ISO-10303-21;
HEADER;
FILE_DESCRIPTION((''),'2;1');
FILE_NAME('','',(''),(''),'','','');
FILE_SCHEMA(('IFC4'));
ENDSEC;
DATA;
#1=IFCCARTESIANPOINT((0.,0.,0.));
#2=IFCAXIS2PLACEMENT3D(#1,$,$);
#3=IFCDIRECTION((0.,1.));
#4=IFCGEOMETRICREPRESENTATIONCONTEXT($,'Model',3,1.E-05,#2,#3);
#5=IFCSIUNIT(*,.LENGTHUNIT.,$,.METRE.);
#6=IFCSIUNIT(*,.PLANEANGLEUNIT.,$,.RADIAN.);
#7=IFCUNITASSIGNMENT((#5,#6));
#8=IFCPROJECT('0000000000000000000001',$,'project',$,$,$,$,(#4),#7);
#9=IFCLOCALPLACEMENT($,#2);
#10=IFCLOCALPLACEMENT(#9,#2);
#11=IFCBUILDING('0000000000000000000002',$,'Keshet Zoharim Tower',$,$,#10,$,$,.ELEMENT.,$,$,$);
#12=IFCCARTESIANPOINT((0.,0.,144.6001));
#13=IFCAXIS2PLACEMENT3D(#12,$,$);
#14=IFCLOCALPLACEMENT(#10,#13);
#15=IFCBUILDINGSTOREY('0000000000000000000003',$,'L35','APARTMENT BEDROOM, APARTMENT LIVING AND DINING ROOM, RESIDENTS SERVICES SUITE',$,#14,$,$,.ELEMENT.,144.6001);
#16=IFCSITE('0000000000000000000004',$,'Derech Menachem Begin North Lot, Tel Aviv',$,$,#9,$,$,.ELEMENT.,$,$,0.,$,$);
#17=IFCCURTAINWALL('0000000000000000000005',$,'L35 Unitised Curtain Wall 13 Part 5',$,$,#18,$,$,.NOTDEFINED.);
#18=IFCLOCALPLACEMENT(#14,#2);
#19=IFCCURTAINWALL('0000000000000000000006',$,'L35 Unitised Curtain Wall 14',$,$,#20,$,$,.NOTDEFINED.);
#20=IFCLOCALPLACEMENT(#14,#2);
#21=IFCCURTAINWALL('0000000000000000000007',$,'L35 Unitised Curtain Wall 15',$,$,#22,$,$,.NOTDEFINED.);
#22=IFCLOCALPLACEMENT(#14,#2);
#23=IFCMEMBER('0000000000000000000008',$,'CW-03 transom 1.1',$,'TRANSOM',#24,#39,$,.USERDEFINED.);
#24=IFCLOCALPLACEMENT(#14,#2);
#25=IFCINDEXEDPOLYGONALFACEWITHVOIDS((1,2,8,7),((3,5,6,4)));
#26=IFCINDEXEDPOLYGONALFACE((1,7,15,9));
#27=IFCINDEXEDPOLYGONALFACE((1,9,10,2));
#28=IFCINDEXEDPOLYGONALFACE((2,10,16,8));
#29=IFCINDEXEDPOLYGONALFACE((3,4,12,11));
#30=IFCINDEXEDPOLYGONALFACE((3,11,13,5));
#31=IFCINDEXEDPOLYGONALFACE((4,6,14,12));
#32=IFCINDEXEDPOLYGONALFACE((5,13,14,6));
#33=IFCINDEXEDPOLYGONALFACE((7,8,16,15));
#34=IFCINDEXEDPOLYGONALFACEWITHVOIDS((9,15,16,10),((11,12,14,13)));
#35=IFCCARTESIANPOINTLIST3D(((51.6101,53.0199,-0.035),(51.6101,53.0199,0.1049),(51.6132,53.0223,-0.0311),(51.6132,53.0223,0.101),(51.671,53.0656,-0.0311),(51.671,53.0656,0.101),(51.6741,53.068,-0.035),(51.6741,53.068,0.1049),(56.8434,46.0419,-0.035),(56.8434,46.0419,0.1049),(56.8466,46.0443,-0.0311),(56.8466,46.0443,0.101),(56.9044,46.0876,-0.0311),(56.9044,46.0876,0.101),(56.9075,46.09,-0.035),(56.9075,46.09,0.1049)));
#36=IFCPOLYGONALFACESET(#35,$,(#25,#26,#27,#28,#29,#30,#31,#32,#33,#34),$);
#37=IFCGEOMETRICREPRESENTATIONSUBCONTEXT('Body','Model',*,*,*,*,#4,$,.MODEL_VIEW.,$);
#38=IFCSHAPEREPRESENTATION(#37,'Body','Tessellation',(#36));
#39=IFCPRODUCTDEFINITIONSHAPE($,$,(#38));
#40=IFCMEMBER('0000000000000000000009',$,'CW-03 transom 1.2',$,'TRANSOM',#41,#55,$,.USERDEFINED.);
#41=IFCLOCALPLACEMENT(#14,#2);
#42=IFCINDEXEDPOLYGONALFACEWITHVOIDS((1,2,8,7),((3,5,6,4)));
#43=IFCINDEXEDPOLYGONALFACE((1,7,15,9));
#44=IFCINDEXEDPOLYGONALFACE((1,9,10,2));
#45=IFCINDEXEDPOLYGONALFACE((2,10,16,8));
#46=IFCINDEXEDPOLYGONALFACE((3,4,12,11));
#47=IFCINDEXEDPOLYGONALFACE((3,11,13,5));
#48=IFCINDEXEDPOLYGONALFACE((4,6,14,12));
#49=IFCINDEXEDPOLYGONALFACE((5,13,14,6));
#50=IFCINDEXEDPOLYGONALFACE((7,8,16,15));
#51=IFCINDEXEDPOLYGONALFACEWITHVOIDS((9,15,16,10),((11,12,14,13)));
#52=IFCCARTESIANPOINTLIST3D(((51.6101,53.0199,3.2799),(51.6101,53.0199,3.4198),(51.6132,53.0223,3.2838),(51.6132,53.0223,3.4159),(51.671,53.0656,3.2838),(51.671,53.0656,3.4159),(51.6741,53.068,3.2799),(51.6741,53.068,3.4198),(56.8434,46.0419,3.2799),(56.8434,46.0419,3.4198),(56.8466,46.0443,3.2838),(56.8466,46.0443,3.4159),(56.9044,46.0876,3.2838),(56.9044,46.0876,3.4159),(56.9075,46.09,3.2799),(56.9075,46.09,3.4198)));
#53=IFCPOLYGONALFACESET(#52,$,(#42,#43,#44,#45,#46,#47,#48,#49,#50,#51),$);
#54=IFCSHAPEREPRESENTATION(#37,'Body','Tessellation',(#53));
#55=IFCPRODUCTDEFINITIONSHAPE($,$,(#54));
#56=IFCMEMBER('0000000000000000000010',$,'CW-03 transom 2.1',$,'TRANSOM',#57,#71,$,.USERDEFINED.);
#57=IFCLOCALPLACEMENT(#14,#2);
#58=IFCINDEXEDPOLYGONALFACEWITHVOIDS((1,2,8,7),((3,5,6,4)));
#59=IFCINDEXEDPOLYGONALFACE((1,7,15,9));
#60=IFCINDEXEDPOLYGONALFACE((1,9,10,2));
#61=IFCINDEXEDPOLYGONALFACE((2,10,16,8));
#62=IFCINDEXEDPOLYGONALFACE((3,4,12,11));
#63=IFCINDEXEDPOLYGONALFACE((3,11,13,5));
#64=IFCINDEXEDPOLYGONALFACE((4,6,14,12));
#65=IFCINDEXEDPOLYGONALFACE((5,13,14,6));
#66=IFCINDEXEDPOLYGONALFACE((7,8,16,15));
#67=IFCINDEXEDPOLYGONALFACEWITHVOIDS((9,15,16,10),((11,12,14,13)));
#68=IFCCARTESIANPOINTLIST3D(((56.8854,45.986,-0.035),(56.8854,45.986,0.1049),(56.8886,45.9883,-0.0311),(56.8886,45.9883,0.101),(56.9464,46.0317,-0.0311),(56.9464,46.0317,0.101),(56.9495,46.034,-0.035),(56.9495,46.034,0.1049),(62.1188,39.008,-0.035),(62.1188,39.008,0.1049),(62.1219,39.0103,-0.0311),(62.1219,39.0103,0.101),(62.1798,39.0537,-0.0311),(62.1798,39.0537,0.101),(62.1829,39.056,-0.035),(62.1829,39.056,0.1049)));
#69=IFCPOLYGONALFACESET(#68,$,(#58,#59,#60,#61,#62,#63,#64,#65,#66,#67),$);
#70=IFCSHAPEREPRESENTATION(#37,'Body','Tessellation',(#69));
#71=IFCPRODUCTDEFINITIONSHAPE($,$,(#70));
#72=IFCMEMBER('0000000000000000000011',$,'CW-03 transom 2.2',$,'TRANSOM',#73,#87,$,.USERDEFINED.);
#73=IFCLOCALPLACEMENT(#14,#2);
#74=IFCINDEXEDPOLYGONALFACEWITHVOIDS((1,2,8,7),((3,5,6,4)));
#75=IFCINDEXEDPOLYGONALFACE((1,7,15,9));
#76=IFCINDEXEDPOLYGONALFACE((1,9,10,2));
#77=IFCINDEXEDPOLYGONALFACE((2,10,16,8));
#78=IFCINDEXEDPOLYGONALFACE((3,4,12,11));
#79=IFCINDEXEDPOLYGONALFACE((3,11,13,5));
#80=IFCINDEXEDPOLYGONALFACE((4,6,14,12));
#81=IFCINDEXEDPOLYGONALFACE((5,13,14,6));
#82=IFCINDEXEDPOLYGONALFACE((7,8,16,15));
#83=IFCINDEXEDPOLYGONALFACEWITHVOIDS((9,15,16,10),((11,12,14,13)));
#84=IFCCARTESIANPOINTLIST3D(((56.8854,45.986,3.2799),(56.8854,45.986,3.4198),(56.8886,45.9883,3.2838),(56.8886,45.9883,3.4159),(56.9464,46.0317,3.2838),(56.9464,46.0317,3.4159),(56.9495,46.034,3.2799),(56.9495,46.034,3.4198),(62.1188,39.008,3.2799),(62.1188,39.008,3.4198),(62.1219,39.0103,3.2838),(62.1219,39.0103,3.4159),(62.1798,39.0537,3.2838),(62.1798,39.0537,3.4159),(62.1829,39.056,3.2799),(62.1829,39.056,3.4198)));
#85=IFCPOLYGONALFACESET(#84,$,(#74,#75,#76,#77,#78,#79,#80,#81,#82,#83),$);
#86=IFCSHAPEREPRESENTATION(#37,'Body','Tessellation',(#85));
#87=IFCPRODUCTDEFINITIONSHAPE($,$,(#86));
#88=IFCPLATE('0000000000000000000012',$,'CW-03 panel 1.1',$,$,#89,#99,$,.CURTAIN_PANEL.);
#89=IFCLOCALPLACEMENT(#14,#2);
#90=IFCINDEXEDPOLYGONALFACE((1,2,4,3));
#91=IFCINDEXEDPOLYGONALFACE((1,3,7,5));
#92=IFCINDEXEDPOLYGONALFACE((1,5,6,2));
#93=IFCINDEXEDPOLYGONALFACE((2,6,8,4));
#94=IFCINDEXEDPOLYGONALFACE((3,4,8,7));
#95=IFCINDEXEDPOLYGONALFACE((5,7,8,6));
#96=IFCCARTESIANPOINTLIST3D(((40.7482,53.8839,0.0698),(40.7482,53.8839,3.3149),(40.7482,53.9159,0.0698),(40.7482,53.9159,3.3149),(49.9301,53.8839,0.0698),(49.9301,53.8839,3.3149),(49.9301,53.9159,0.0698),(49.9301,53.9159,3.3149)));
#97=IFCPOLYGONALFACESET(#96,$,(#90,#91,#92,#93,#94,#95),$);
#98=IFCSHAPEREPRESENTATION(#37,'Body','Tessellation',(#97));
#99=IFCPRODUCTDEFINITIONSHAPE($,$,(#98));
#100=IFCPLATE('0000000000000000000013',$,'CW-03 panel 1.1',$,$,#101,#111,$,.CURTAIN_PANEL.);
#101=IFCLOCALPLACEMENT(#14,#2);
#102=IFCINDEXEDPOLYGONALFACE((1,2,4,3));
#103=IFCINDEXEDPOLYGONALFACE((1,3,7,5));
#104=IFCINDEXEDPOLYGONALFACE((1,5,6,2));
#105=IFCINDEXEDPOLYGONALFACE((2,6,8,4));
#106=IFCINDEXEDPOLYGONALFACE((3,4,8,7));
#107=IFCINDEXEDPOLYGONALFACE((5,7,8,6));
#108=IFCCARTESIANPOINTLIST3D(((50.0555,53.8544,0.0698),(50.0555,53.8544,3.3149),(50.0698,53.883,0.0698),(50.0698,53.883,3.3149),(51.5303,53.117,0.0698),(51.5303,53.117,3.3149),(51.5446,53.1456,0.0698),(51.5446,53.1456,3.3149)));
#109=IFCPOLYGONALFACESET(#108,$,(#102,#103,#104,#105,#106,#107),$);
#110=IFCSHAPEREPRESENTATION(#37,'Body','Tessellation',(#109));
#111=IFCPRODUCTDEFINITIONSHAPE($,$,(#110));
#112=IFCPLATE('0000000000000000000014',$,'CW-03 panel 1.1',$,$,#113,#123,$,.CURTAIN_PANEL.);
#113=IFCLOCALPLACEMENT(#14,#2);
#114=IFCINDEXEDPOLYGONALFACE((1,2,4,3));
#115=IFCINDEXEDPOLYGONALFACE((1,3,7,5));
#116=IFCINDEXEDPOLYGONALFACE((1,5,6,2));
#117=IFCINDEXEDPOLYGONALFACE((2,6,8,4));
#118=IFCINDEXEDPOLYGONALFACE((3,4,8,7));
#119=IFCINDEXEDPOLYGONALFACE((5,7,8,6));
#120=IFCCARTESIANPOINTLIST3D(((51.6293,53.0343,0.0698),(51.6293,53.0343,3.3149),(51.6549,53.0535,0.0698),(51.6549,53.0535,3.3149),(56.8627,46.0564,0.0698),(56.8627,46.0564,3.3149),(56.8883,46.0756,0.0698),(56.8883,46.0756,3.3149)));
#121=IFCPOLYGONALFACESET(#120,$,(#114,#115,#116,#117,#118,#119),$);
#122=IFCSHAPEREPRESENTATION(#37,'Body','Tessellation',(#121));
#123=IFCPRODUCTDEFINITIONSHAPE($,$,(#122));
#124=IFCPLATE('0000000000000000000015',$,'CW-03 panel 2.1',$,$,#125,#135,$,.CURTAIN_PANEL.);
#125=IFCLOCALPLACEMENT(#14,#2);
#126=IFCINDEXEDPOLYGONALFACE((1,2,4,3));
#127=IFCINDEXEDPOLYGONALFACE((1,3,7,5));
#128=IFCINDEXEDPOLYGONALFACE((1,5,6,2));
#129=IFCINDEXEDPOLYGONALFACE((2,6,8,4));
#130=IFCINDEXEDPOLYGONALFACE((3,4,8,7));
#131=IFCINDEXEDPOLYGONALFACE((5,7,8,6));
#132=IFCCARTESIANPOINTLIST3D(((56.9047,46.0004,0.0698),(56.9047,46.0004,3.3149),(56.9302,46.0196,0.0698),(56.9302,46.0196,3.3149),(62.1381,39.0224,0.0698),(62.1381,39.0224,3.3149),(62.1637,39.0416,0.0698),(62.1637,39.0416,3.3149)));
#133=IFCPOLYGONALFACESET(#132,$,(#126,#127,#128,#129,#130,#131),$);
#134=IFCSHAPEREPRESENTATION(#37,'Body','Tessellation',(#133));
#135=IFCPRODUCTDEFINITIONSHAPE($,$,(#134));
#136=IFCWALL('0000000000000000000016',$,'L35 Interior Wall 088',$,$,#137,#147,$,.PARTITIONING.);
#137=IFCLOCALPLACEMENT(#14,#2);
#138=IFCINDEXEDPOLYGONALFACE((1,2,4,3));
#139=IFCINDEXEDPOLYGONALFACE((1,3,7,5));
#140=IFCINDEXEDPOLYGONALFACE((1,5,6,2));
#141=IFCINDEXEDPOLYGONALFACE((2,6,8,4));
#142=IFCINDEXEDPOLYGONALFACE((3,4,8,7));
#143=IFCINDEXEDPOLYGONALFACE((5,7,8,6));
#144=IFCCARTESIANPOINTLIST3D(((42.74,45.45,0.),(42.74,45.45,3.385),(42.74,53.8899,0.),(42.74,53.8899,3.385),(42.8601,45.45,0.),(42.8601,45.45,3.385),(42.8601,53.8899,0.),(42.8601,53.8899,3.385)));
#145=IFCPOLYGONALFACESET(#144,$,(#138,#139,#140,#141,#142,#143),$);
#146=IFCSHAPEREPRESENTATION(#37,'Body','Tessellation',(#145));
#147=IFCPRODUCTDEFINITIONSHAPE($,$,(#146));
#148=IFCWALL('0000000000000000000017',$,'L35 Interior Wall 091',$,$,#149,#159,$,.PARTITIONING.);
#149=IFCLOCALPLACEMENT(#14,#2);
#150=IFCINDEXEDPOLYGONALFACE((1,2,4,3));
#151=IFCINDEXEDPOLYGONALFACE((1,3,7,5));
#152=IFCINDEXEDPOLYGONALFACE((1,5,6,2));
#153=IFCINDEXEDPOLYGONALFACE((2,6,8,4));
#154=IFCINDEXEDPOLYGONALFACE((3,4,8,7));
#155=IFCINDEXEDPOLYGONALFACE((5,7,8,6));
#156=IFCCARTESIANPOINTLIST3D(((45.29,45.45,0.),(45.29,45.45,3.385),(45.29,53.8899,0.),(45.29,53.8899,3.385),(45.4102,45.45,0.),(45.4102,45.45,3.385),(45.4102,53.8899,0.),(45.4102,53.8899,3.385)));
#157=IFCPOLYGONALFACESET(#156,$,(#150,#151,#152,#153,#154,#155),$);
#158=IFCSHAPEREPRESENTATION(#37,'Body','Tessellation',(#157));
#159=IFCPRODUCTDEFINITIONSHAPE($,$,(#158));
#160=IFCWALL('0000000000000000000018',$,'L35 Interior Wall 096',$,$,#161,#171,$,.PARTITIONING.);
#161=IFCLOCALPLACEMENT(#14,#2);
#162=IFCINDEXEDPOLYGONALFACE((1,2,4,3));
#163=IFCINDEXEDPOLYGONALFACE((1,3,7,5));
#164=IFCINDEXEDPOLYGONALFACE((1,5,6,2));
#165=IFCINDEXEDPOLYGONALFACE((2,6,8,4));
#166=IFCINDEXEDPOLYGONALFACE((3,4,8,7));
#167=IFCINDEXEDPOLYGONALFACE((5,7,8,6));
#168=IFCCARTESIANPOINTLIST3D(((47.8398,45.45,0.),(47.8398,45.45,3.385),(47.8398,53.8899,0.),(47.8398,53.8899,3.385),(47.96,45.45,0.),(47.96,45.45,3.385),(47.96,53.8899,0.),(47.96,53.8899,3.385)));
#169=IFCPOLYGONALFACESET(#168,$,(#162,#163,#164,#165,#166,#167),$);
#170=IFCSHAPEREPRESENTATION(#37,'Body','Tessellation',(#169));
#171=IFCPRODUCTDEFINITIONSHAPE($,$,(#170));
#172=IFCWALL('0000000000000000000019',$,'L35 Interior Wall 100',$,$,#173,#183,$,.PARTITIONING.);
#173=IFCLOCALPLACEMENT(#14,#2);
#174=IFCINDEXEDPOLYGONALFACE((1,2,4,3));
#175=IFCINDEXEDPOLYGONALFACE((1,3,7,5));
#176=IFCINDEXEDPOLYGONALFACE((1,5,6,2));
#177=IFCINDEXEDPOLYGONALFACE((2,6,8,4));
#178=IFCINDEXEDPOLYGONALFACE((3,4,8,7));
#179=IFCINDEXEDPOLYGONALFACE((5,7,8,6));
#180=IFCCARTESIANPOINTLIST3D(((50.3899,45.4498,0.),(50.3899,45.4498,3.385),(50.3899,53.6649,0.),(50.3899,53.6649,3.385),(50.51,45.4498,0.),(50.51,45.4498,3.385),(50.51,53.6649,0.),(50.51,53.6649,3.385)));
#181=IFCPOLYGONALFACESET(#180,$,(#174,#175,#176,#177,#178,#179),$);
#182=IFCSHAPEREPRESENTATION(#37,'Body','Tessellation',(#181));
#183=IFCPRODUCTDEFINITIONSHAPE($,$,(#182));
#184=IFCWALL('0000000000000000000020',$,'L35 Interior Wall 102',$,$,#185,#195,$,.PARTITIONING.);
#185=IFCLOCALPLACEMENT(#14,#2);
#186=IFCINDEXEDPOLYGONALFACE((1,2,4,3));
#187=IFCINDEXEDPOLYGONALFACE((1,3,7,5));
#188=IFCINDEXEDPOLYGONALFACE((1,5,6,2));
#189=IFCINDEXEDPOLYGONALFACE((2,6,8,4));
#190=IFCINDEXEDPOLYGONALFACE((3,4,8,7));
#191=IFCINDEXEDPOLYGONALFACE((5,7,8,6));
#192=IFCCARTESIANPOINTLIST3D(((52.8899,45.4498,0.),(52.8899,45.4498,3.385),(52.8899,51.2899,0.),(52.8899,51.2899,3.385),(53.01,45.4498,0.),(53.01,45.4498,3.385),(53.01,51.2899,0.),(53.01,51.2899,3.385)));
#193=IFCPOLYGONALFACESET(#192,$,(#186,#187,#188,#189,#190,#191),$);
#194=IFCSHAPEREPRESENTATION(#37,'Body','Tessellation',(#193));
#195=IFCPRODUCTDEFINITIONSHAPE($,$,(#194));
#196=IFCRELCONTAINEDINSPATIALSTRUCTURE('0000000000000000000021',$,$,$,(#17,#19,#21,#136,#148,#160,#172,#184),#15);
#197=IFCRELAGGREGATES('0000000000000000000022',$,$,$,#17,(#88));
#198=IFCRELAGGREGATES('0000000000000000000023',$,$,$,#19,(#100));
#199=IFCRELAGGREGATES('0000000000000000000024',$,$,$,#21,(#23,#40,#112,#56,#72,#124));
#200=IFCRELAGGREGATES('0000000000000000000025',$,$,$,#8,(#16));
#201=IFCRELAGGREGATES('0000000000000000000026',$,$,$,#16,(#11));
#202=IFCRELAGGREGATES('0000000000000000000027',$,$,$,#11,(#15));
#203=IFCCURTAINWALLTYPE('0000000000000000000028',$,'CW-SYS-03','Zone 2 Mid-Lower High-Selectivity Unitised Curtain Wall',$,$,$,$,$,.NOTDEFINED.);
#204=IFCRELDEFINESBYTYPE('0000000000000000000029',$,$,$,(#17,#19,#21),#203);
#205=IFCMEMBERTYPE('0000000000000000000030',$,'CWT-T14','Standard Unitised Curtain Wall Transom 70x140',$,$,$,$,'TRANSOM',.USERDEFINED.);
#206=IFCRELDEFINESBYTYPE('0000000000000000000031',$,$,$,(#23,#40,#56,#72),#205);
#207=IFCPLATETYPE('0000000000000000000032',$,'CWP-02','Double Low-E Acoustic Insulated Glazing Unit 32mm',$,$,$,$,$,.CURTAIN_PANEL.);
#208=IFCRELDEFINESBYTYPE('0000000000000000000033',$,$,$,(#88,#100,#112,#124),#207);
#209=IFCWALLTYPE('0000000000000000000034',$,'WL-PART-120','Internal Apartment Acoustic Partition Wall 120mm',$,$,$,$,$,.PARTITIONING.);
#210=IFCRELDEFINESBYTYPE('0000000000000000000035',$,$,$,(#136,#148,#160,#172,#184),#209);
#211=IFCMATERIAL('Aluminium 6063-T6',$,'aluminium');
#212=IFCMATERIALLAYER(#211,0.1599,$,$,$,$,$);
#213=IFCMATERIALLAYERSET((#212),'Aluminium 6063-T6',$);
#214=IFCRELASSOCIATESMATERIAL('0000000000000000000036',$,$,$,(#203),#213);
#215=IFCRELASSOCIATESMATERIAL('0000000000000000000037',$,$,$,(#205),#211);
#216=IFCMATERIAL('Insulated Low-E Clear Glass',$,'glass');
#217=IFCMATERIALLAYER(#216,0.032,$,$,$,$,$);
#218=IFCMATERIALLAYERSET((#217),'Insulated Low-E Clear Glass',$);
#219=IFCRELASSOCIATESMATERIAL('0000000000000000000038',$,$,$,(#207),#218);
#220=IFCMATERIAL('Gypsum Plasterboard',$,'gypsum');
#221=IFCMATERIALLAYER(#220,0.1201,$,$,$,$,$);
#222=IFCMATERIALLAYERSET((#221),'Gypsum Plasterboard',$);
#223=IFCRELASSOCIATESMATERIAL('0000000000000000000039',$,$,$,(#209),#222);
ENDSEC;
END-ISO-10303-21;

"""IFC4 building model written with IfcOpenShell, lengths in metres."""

from ifc_helpers import new_model, si_unit, direction, frame, frame_2d, origin, origin_2d, place, context, subcontext, project, spatial, rectangle, hollow_rectangle, extrude, material, layer, layer_set, material_profile, profile_set, type_object, element, aggregate, save


model = new_model("IFC4")

# Units and contexts
model_context = context("Model", 3, precision=1e-05, world=origin(), true_north=direction((0.0, 1.0)))
body_context = subcontext(model_context, "Body", "Model", "MODEL_VIEW")
ifc_project = project(units=[si_unit("LENGTHUNIT", "METRE"), si_unit("PLANEANGLEUNIT", "RADIAN")], contexts=[model_context])

# Site, building, storey
site_placement = place(None, origin())
site = spatial("IfcSite", under=ifc_project, at=site_placement, Name="Derech Menachem Begin North Lot, Tel Aviv", CompositionType="ELEMENT", RefElevation=0.0)
building_placement = place(site_placement, origin())
building = spatial("IfcBuilding", under=site, at=building_placement, Name="Keshet Zoharim Tower", CompositionType="ELEMENT")
storey_placement = place(building_placement, frame((0.0, 0.0, 144.6001)))
storey = spatial("IfcBuildingStorey", under=building, at=storey_placement, Name="L35", Description="APARTMENT BEDROOM, APARTMENT LIVING AND DINING ROOM, RESIDENTS SERVICES SUITE", CompositionType="ELEMENT", Elevation=144.6001)

# Curtain wall
ifc_material_1 = material(Name="Aluminium 6063-T6", Category="aluminium")
ifc_layer_1 = layer(ifc_material_1, 0.1599)
ifc_layer_set_1 = layer_set([ifc_layer_1], Name="Aluminium 6063-T6")
curtain_wall_type = type_object("IfcCurtainWallType", Name="CW-SYS-03", Description="Zone 2 Mid-Lower High-Selectivity Unitised Curtain Wall", PredefinedType="NOTDEFINED", material=ifc_layer_set_1)
curtain_wall_1_placement = place(storey_placement, origin())
curtain_wall_1 = element("IfcCurtainWall", 1, at=curtain_wall_1_placement, inside=storey, type_object=curtain_wall_type, Name="L35 Unitised Curtain Wall 13 Part 5", PredefinedType="NOTDEFINED")

# Curtain walls
curtain_wall_2_placement = place(storey_placement, origin())
curtain_wall_2 = element("IfcCurtainWall", 2, at=curtain_wall_2_placement, inside=storey, type_object=curtain_wall_type, Name="L35 Unitised Curtain Wall 14", PredefinedType="NOTDEFINED")
curtain_wall_3_placement = place(storey_placement, origin())
curtain_wall_3 = element("IfcCurtainWall", 3, at=curtain_wall_3_placement, inside=storey, type_object=curtain_wall_type, Name="L35 Unitised Curtain Wall 15", PredefinedType="NOTDEFINED")

# Members
ifc_material_profile_1 = material_profile(ifc_material_1, hollow_rectangle(XDim=0.0801, YDim=0.1399, WallThickness=0.0039, at=origin_2d()), Name="TRN-80x140")
ifc_profile_set_1 = profile_set([ifc_material_profile_1], Name="Aluminium 6063-T6")
member_type_1 = type_object("IfcMemberType", Name="CWT-T14", Description="Standard Unitised Curtain Wall Transom 70x140", ElementType="TRANSOM", PredefinedType="USERDEFINED", material=ifc_profile_set_1)
member_1_placement = place(storey_placement, frame((51.6421, 53.0439, 0.0349), z_axis=(0.599991, -0.800007, 0.0), x_axis=(0.800007, 0.599991, 0.0)))
member_1 = element("IfcMember", 4, at=member_1_placement, type_object=member_type_1, Name="CW-03 transom 1.1", ObjectType="TRANSOM", PredefinedType="USERDEFINED", context=body_context, shape_type="SweptSolid", body=[
    extrude(hollow_rectangle(XDim=0.0801, YDim=0.1399, WallThickness=0.0039, at=origin_2d()), origin(), (0.0, 0.0, 1.0), 8.7224),
])
member_2_placement = place(storey_placement, frame((51.6421, 53.0439, 3.3499), z_axis=(0.599991, -0.800007, 0.0), x_axis=(0.800007, 0.599991, 0.0)))
member_2 = element("IfcMember", 5, at=member_2_placement, type_object=member_type_1, Name="CW-03 transom 1.2", ObjectType="TRANSOM", PredefinedType="USERDEFINED", context=body_context, shape_type="SweptSolid", body=[
    extrude(hollow_rectangle(XDim=0.0801, YDim=0.1399, WallThickness=0.0039, at=origin_2d()), origin(), (0.0, 0.0, 1.0), 8.7224),
])
member_3_placement = place(storey_placement, frame((56.9175, 46.01, 0.0349), z_axis=(0.599991, -0.800007, 0.0), x_axis=(0.800007, 0.599991, 0.0)))
member_3 = element("IfcMember", 6, at=member_3_placement, type_object=member_type_1, Name="CW-03 transom 2.1", ObjectType="TRANSOM", PredefinedType="USERDEFINED", context=body_context, shape_type="SweptSolid", body=[
    extrude(hollow_rectangle(XDim=0.0801, YDim=0.1399, WallThickness=0.0039, at=origin_2d()), origin(), (0.0, 0.0, 1.0), 8.7224),
])
member_4_placement = place(storey_placement, frame((56.9175, 46.01, 3.3499), z_axis=(0.599991, -0.800007, 0.0), x_axis=(0.800007, 0.599991, 0.0)))
member_4 = element("IfcMember", 7, at=member_4_placement, type_object=member_type_1, Name="CW-03 transom 2.2", ObjectType="TRANSOM", PredefinedType="USERDEFINED", context=body_context, shape_type="SweptSolid", body=[
    extrude(hollow_rectangle(XDim=0.0801, YDim=0.1399, WallThickness=0.0039, at=origin_2d()), origin(), (0.0, 0.0, 1.0), 8.7224),
])

# Plates
ifc_material_2 = material(Name="Insulated Low-E Clear Glass", Category="glass")
ifc_layer_2 = layer(ifc_material_2, 0.032)
ifc_layer_set_2 = layer_set([ifc_layer_2], Name="Insulated Low-E Clear Glass")
plate_type = type_object("IfcPlateType", Name="CWP-02", Description="Double Low-E Acoustic Insulated Glazing Unit 32mm", PredefinedType="CURTAIN_PANEL", material=ifc_layer_set_2)
plate_1_placement = place(storey_placement, frame((45.3391, 53.8999, 0.0698), z_axis=(0.0, 0.0, 1.0), x_axis=(1.0, 0.0, 0.0)))
plate_1 = element("IfcPlate", 8, at=plate_1_placement, type_object=plate_type, Name="CW-03 panel 1.1", PredefinedType="CURTAIN_PANEL", context=body_context, shape_type="SweptSolid", body=[
    extrude(rectangle(XDim=9.1819, YDim=0.032, at=origin_2d()), origin(), (0.0, 0.0, 1.0), 3.2451),
])
aggregate(curtain_wall_1, [plate_1])
plate_2_placement = place(storey_placement, frame((50.8, 53.5, 0.0698), z_axis=(0.0, 0.0, 1.0), x_axis=(0.894427, -0.447214, 0.0)))
plate_2 = element("IfcPlate", 9, at=plate_2_placement, type_object=plate_type, Name="CW-03 panel 1.1", PredefinedType="CURTAIN_PANEL", context=body_context, shape_type="SweptSolid", body=[
    extrude(rectangle(XDim=1.6489, YDim=0.032, at=origin_2d()), origin(), (0.0, 0.0, 1.0), 3.2451),
])
aggregate(curtain_wall_2, [plate_2])
plate_3_placement = place(storey_placement, frame((54.2588, 49.5549, 0.0698), z_axis=(0.0, 0.0, 1.0), x_axis=(0.6, -0.8, 0.0)))
plate_3 = element("IfcPlate", 10, at=plate_3_placement, type_object=plate_type, Name="CW-03 panel 1.1", PredefinedType="CURTAIN_PANEL", context=body_context, shape_type="SweptSolid", body=[
    extrude(rectangle(XDim=8.7224, YDim=0.032, at=origin_2d()), origin(), (0.0, 0.0, 1.0), 3.2451),
])
plate_4_placement = place(storey_placement, frame((59.5342, 42.521, 0.0698), z_axis=(0.0, 0.0, 1.0), x_axis=(0.6, -0.8, 0.0)))
plate_4 = element("IfcPlate", 11, at=plate_4_placement, type_object=plate_type, Name="CW-03 panel 2.1", PredefinedType="CURTAIN_PANEL", context=body_context, shape_type="SweptSolid", body=[
    extrude(rectangle(XDim=8.7224, YDim=0.032, at=origin_2d()), origin(), (0.0, 0.0, 1.0), 3.2451),
])
aggregate(curtain_wall_3, [member_1, member_2, plate_3, member_3, member_4, plate_4])

# Walls
ifc_material_3 = material(Name="Gypsum Plasterboard", Category="gypsum")
ifc_layer_3 = layer(ifc_material_3, 0.1201)
ifc_layer_set_3 = layer_set([ifc_layer_3], Name="Gypsum Plasterboard")
wall_type = type_object("IfcWallType", Name="WL-PART-120", Description="Internal Apartment Acoustic Partition Wall 120mm", PredefinedType="PARTITIONING", material=ifc_layer_set_3)
for number, where, z_axis, x_axis, name in (
    (12, (42.8, 45.45, 0.0), (0.0, 0.0, 1.0), (0.0, 1.0, 0.0), "L35 Interior Wall 088"),
    (13, (45.3501, 45.45, 0.0), (0.0, 0.0, 1.0), (0.0, 1.0, 0.0), "L35 Interior Wall 091"),
    (14, (47.8999, 45.45, 0.0), (0.0, 0.0, 1.0), (0.0, 1.0, 0.0), "L35 Interior Wall 096"),
):
    element("IfcWall", number, at=place(storey_placement, frame(where, z_axis=z_axis, x_axis=x_axis)), inside=storey, type_object=wall_type, Name=name, PredefinedType="PARTITIONING", context=body_context, shape_type="SweptSolid", body=[
        extrude(rectangle(XDim=8.4399, YDim=0.1201, at=frame_2d((4.22, 0.0))), origin(), (0.0, 0.0, 1.0), 3.385),
    ])
wall_1_placement = place(storey_placement, frame((50.45, 45.45, 0.0), z_axis=(0.0, 0.0, 1.0), x_axis=(0.0, 1.0, 0.0)))
element("IfcWall", 15, at=wall_1_placement, inside=storey, type_object=wall_type, Name="L35 Interior Wall 100", PredefinedType="PARTITIONING", context=body_context, shape_type="SweptSolid", body=[
    extrude(rectangle(XDim=8.2151, YDim=0.1201, at=frame_2d((4.1074, 0.0))), origin(), (0.0, 0.0, 1.0), 3.385),
])
wall_2_placement = place(storey_placement, frame((52.95, 45.45, 0.0), z_axis=(0.0, 0.0, 1.0), x_axis=(0.0, 1.0, 0.0)))
element("IfcWall", 16, at=wall_2_placement, inside=storey, type_object=wall_type, Name="L35 Interior Wall 102", PredefinedType="PARTITIONING", context=body_context, shape_type="SweptSolid", body=[
    extrude(rectangle(XDim=5.8401, YDim=0.1201, at=frame_2d((2.9199, 0.0))), origin(), (0.0, 0.0, 1.0), 3.385),
])

save(model, "model.ifc")
